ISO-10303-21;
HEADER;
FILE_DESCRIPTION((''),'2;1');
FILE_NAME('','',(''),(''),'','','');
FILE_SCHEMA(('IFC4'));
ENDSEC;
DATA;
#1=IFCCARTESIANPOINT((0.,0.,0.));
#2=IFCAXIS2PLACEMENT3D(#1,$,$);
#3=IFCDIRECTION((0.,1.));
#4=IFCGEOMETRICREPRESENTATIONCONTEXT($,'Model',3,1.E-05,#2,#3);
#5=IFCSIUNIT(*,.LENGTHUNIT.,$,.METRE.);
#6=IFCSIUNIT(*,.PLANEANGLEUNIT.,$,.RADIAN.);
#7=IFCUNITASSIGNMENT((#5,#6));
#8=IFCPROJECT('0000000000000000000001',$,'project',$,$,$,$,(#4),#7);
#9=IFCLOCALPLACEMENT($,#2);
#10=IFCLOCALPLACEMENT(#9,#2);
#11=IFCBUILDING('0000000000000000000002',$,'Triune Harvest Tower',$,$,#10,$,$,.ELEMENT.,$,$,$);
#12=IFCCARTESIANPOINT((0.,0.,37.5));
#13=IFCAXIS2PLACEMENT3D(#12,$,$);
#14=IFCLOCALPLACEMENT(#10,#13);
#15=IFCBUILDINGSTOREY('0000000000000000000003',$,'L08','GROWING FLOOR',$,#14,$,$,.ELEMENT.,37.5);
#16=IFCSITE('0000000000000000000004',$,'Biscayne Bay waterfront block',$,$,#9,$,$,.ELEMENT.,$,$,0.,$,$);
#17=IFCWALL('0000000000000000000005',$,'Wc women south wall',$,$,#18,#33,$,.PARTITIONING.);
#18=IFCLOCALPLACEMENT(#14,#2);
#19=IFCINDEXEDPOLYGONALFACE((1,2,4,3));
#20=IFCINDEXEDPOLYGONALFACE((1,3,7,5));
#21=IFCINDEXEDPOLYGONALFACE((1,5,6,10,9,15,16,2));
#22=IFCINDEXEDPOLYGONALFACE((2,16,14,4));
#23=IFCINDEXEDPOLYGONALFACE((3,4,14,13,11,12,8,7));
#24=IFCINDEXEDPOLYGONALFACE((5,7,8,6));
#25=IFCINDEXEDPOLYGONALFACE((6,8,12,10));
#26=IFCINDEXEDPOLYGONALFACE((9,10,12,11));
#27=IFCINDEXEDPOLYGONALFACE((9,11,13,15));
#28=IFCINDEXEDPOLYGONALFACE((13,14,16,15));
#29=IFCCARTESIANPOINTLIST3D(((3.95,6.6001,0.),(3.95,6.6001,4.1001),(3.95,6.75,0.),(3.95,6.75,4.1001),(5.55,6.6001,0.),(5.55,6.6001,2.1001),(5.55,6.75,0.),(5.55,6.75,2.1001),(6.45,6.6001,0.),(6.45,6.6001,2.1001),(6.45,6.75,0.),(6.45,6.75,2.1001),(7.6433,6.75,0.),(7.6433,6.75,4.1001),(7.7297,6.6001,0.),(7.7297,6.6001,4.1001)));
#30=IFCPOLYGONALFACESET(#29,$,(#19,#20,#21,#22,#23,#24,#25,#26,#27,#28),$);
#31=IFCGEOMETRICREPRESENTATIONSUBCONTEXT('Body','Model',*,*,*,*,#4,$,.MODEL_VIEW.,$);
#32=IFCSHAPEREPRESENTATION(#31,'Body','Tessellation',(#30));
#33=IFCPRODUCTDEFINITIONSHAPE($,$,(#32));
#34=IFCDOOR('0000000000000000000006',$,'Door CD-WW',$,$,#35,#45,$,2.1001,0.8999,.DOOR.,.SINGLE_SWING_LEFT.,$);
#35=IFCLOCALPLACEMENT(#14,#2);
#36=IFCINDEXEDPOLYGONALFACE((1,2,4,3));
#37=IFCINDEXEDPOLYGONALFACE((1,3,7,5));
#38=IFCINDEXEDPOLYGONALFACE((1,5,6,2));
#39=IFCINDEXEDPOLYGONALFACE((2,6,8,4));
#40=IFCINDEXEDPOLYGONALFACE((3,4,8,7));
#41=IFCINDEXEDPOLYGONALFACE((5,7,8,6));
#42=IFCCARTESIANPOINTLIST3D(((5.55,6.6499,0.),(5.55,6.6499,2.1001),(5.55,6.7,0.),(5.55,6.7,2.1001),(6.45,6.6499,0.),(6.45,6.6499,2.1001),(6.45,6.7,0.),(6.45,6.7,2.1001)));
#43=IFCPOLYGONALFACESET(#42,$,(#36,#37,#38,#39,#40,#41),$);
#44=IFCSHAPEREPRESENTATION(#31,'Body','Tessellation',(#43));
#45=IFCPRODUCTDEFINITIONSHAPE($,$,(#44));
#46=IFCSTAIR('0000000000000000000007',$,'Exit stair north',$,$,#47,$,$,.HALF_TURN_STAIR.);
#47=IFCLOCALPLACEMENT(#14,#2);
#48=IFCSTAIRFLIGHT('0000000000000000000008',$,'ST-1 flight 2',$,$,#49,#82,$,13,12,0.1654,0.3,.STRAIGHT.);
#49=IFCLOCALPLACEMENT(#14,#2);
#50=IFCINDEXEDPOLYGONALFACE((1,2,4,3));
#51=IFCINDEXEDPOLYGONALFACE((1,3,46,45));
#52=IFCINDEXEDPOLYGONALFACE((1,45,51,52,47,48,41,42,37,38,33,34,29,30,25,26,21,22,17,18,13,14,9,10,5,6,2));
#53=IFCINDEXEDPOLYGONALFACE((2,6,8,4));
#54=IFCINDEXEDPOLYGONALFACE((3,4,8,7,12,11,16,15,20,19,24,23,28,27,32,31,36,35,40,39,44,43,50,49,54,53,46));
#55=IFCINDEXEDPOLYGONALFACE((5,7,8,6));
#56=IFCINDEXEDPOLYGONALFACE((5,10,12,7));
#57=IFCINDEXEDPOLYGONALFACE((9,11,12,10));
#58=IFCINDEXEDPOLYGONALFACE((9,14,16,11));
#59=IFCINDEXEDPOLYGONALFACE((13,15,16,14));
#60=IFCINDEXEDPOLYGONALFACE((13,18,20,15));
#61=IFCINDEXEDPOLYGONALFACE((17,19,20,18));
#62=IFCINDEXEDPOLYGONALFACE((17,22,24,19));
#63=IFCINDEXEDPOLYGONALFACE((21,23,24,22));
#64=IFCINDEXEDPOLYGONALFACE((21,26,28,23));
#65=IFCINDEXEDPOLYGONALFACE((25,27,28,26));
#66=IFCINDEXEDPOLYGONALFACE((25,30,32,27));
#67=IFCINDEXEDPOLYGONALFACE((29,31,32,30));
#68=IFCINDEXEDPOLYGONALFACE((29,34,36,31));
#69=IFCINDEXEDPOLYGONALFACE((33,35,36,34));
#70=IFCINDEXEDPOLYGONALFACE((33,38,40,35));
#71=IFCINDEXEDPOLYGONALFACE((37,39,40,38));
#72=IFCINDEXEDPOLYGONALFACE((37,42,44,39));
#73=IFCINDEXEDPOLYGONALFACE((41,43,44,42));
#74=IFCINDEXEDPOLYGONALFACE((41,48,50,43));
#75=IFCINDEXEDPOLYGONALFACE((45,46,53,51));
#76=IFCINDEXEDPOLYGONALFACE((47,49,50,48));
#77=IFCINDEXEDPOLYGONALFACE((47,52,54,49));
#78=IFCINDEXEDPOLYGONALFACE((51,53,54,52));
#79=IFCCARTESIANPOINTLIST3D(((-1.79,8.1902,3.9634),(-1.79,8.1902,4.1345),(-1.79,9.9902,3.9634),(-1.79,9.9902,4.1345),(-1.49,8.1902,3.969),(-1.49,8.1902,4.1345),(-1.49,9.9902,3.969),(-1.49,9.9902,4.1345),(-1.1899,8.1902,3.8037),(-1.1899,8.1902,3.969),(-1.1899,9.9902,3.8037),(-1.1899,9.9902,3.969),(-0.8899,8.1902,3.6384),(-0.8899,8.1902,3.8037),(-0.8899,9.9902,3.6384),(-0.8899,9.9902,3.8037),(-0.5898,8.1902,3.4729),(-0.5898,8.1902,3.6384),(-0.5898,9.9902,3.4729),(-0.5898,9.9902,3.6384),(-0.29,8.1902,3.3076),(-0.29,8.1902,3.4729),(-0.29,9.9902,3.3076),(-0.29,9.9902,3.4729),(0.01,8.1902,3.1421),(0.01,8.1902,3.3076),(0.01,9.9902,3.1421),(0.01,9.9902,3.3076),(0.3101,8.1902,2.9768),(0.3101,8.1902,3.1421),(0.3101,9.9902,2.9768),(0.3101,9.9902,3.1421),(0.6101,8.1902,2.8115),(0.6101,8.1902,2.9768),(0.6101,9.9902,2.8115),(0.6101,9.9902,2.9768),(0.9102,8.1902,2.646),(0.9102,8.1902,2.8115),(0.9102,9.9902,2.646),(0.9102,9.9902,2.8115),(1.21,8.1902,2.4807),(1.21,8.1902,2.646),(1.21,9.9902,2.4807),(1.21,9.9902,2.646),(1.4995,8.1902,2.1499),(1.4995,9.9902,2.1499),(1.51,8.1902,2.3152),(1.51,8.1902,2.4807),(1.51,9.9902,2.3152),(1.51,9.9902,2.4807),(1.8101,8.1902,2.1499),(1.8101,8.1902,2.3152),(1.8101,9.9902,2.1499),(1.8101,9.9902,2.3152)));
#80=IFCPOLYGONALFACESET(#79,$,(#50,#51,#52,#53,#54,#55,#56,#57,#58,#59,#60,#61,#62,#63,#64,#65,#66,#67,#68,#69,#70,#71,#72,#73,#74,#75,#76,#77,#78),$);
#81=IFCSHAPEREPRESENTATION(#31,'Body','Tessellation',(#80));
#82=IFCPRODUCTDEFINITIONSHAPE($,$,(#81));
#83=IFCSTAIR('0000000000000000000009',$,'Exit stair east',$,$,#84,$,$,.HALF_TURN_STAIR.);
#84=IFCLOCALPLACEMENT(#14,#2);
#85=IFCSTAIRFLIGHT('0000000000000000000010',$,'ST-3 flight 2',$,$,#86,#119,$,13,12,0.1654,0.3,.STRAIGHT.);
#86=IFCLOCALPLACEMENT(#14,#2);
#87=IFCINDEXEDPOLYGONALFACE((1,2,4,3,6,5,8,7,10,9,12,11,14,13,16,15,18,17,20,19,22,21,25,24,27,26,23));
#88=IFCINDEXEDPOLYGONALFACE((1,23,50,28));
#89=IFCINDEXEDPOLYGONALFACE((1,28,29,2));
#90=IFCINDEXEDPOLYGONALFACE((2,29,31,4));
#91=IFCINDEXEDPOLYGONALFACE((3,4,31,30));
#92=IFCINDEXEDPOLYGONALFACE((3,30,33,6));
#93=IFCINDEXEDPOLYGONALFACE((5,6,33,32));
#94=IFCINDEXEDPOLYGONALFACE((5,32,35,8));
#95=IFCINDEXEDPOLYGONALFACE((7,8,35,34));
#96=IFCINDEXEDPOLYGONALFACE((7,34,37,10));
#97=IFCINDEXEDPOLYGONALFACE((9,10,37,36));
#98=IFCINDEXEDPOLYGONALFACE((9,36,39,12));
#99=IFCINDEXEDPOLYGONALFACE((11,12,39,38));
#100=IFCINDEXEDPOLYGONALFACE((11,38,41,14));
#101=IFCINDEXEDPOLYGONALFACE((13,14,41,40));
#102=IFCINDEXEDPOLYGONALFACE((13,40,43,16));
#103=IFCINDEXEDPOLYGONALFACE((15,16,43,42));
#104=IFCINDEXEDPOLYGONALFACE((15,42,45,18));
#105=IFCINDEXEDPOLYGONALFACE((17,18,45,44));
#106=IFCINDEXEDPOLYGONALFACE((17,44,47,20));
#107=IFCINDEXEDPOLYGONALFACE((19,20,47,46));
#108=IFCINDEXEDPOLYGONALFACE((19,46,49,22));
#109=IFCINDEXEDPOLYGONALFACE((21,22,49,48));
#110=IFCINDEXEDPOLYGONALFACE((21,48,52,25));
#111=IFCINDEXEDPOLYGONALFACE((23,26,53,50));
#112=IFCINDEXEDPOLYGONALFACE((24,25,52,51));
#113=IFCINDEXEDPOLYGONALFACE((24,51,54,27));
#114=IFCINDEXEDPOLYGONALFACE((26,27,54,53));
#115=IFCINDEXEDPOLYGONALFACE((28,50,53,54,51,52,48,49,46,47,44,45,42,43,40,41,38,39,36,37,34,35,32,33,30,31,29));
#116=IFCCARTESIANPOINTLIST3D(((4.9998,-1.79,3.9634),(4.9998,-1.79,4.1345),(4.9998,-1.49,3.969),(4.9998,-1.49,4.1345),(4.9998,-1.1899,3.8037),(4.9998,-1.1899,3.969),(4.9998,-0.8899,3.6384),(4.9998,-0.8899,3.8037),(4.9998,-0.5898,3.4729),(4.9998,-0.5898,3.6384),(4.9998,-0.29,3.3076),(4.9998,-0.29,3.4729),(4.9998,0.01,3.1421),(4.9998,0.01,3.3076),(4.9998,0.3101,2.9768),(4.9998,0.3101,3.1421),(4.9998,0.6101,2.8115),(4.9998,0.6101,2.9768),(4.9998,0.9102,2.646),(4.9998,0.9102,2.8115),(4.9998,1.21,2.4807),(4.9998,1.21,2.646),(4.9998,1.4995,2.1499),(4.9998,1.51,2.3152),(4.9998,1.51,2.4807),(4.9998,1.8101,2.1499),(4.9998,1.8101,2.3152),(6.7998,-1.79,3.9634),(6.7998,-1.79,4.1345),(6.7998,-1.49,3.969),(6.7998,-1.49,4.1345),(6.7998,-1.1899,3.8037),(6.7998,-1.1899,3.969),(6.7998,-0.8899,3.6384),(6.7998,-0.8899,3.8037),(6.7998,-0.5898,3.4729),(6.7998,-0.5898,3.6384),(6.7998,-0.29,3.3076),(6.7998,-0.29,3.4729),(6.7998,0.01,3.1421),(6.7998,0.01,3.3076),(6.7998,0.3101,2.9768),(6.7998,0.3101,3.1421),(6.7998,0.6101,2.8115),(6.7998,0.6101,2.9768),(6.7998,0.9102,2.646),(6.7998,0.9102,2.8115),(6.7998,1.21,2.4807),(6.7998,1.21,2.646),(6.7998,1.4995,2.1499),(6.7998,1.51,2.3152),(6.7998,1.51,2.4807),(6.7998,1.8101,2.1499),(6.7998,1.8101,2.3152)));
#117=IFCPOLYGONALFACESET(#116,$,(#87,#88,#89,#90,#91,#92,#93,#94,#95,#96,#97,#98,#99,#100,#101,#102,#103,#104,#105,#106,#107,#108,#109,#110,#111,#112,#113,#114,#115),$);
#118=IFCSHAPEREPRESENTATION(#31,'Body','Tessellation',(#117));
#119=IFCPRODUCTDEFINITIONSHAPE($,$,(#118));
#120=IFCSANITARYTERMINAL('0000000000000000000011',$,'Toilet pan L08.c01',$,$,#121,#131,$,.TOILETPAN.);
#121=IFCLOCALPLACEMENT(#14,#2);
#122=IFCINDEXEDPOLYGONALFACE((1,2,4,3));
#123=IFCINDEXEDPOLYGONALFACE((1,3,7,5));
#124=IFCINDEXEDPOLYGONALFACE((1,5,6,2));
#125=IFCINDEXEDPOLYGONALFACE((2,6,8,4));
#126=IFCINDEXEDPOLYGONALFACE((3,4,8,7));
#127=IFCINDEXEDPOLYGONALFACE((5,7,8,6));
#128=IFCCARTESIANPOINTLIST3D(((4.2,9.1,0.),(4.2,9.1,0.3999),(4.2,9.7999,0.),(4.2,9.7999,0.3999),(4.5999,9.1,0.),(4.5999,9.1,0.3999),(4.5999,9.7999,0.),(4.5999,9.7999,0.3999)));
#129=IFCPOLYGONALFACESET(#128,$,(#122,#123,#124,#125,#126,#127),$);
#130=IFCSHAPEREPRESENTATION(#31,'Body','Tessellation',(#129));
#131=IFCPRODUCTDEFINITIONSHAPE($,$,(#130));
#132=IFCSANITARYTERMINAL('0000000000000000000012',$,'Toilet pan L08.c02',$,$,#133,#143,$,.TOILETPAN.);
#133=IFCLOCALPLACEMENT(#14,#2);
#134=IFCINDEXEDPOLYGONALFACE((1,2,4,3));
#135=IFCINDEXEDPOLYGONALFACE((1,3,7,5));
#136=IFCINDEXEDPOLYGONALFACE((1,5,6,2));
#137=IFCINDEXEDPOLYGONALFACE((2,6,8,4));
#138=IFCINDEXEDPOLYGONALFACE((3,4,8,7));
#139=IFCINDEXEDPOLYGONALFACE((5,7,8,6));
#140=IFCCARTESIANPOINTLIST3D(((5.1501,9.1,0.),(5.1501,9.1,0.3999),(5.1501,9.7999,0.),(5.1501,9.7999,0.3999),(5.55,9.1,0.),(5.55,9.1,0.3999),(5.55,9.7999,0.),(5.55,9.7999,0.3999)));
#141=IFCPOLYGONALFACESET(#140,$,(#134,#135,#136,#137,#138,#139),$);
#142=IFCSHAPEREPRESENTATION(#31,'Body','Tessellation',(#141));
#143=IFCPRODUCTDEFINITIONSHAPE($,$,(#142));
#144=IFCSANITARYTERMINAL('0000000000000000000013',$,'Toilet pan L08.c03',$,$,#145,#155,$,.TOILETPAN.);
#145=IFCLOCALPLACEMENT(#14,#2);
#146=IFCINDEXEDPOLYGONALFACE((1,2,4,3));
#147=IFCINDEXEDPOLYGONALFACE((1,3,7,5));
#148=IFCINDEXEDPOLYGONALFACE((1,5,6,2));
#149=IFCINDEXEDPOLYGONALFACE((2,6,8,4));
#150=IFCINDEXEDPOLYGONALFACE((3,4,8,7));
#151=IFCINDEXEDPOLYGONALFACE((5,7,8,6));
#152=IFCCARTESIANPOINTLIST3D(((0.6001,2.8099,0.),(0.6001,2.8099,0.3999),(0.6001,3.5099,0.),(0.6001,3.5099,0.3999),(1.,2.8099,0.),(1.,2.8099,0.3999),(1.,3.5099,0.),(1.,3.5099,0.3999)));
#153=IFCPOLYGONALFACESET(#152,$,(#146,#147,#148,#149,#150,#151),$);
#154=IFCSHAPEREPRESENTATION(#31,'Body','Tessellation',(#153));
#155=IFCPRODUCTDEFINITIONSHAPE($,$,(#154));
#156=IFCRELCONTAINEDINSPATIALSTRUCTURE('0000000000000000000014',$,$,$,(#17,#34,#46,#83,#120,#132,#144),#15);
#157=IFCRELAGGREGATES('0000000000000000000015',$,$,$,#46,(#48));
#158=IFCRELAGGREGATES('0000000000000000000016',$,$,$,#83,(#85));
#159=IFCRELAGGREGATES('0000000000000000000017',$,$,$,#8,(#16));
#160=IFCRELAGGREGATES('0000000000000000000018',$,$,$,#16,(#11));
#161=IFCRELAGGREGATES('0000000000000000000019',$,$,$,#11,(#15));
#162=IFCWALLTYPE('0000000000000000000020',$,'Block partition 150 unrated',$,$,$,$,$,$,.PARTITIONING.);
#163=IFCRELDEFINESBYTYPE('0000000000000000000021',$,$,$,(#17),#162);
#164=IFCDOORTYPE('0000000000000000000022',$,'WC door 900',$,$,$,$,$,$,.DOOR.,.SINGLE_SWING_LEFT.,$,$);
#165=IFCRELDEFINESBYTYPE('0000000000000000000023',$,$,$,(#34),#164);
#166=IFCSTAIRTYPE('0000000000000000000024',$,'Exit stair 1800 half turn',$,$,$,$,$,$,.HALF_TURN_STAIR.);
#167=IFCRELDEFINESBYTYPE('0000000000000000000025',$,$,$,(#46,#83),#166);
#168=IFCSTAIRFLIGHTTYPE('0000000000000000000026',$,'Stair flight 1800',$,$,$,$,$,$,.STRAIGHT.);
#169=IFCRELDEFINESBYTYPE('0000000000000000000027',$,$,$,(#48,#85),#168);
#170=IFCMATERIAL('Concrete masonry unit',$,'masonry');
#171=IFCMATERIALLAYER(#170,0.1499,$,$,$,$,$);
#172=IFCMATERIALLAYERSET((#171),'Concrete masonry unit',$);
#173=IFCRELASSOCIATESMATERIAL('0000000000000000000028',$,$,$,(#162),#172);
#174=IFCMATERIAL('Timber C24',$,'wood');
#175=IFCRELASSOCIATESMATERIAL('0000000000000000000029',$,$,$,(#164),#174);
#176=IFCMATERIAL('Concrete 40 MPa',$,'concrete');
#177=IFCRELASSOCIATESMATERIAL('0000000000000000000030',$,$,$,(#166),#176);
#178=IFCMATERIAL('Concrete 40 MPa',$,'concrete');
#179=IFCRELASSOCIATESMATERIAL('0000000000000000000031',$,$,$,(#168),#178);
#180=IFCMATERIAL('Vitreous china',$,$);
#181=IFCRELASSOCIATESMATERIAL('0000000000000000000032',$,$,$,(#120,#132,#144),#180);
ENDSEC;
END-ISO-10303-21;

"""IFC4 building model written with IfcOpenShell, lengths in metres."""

from ifc_helpers import new_model, si_unit, direction, frame, frame_2d, origin, origin_2d, place, context, subcontext, project, spatial, polyline, rectangle, outline, extrude, source, transform, mapped, material, layer, layer_set, type_object, element, fill, aggregate, save


model = new_model("IFC4")

# Units and contexts
model_context = context("Model", 3, precision=1e-05, world=origin(), true_north=direction((0.0, 1.0)))
body_context = subcontext(model_context, "Body", "Model", "MODEL_VIEW")
ifc_project = project(units=[si_unit("LENGTHUNIT", "METRE"), si_unit("PLANEANGLEUNIT", "RADIAN")], contexts=[model_context])

# Site, building, storey
site_placement = place(None, origin())
site = spatial("IfcSite", under=ifc_project, at=site_placement, Name="Biscayne Bay waterfront block", CompositionType="ELEMENT", RefElevation=0.0)
building_placement = place(site_placement, origin())
building = spatial("IfcBuilding", under=site, at=building_placement, Name="Triune Harvest Tower", CompositionType="ELEMENT")
storey_placement = place(building_placement, frame((0.0, 0.0, 37.5)))
storey = spatial("IfcBuildingStorey", under=building, at=storey_placement, Name="L08", Description="GROWING FLOOR", CompositionType="ELEMENT", Elevation=37.5)

# Wall, opening, door
ifc_material_1 = material(Name="Concrete masonry unit", Category="masonry")
ifc_layer_1 = layer(ifc_material_1, 0.1499)
ifc_layer_set_1 = layer_set([ifc_layer_1], Name="Concrete masonry unit")
wall_type_1 = type_object("IfcWallType", Name="Block partition 150 unrated", PredefinedType="PARTITIONING", material=ifc_layer_set_1)
ifc_material_2 = material(Name="Timber C24", Category="wood")
door_type_1 = type_object("IfcDoorType", Name="WC door 900", OperationType="SINGLE_SWING_LEFT", PredefinedType="DOOR", material=ifc_material_2)
shared_shape_1 = source(origin(), body_context, "Body", "SweptSolid", [
    extrude(outline(polyline([(0.0, -0.075), (0.0, 0.075), (3.6934, 0.075), (3.7798, -0.075), (0.0, -0.075)])), origin(), (0.0, 0.0, 1.0), 4.1001),
])
wall_1_placement = place(storey_placement, frame((3.95, 6.675, 0.0), z_axis=(0.0, 0.0, 1.0), x_axis=(1.0, 0.0, 0.0)))
wall_1 = element("IfcWall", 1, at=wall_1_placement, inside=storey, type_object=wall_type_1, Name="Wc women south wall", PredefinedType="PARTITIONING", context=body_context, shape_type="MappedRepresentation", body=[
    mapped(shared_shape_1, transform((0.0, 0.0, 0.0), scale=1.0)),
])
opening_1_placement = place(wall_1_placement, frame((1.6001, 0.0, 0.0)))
opening_1 = element("IfcOpeningElement", 2, at=opening_1_placement, cuts=wall_1, PredefinedType="OPENING", context=body_context, shape_type="SweptSolid", body=[
    extrude(rectangle(XDim=0.8999, YDim=2.1001, at=frame_2d((0.45, 1.05))), frame((0.0, 0.085, 0.0), z_axis=(0.0, -1.0, 0.0), x_axis=(1.0, 0.0, 0.0)), (0.0, 0.0, 1.0), 0.1699),
])
door_1_placement = place(opening_1_placement, origin())
door_1 = element("IfcDoor", 3, at=door_1_placement, inside=storey, type_object=door_type_1, Name="Door CD-WW", OperationType="SINGLE_SWING_LEFT", OverallHeight=2.1001, OverallWidth=0.8999, PredefinedType="DOOR", context=body_context, shape_type="SweptSolid", body=[
    extrude(rectangle(XDim=0.8999, YDim=2.1001, at=frame_2d((0.45, 1.05))), frame((0.0, 0.0249, 0.0), z_axis=(0.0, -1.0, 0.0), x_axis=(1.0, 0.0, 0.0)), (0.0, 0.0, 1.0), 0.05),
])
fill(opening_1, door_1)

# Stairs, stair flights
ifc_material_3 = material(Name="Concrete 40 MPa", Category="concrete")
stair_type = type_object("IfcStairType", Name="Exit stair 1800 half turn", PredefinedType="HALF_TURN_STAIR", material=ifc_material_3)
stair_1_placement = place(storey_placement, origin())
stair_1 = element("IfcStair", 4, at=stair_1_placement, inside=storey, type_object=stair_type, Name="Exit stair north", PredefinedType="HALF_TURN_STAIR")
ifc_material_4 = material(Name="Concrete 40 MPa", Category="concrete")
stair_flight_type = type_object("IfcStairFlightType", Name="Stair flight 1800", PredefinedType="STRAIGHT", material=ifc_material_4)
shared_shape_2 = source(origin(), body_context, "Body", "SweptSolid", [
    extrude(outline(polyline([(0.0, 0.0), (0.0, 0.1653), (0.3, 0.1653), (0.3, 0.3308), (0.6001, 0.3308), (0.6001, 0.4961), (0.8999, 0.4961), (0.8999, 0.6616), (1.2, 0.6616), (1.2, 0.8269), (1.5, 0.8269), (1.5, 0.9922), (1.8, 0.9922), (1.8, 1.1577), (2.1001, 1.1577), (2.1001, 1.323), (2.3999, 1.323), (2.3999, 1.4885), (2.7, 1.4885), (2.7, 1.6538), (3.0, 1.6538), (3.0, 1.8191), (3.3, 1.8191), (3.3, 1.9846), (3.6001, 1.9846), (3.6001, 2.1499), (3.6001, 1.8135), (0.3105, 0.0), (0.0, 0.0)])), frame((0.0, 0.8999, 0.0), z_axis=(0.0, -1.0, 0.0), x_axis=(1.0, 0.0, 0.0)), (0.0, 0.0, 1.0), 1.8),
])
stair_flight_1_placement = place(storey_placement, frame((1.8101, 9.0901, 2.1499), z_axis=(0.0, 0.0, 1.0), x_axis=(-1.0, 0.0, 0.0)))
stair_flight_1 = element("IfcStairFlight", 5, at=stair_flight_1_placement, type_object=stair_flight_type, Name="ST-1 flight 2", NumberOfRisers=13, NumberOfTreads=12, PredefinedType="STRAIGHT", RiserHeight=0.1654, TreadLength=0.3, context=body_context, shape_type="MappedRepresentation", body=[
    mapped(shared_shape_2, transform((0.0, 0.0, 0.0), scale=1.0)),
])
aggregate(stair_1, [stair_flight_1])
stair_2_placement = place(storey_placement, origin())
stair_2 = element("IfcStair", 6, at=stair_2_placement, inside=storey, type_object=stair_type, Name="Exit stair east", PredefinedType="HALF_TURN_STAIR")
stair_flight_2_placement = place(storey_placement, frame((5.8999, 1.8101, 2.1499), z_axis=(0.0, 0.0, 1.0), x_axis=(0.0, -1.0, 0.0)))
stair_flight_2 = element("IfcStairFlight", 7, at=stair_flight_2_placement, type_object=stair_flight_type, Name="ST-3 flight 2", NumberOfRisers=13, NumberOfTreads=12, PredefinedType="STRAIGHT", RiserHeight=0.1654, TreadLength=0.3, context=body_context, shape_type="MappedRepresentation", body=[
    mapped(shared_shape_2, transform((0.0, 0.0, 0.0), scale=1.0)),
])
aggregate(stair_2, [stair_flight_2])

# Sanitary terminals
ifc_material_5 = material(Name="Vitreous china")
shared_shape_3 = source(origin(), body_context, "Body", "SweptSolid", [
    extrude(rectangle(XDim=0.3999, YDim=0.7, at=origin_2d()), origin(), (0.0, 0.0, 1.0), 0.3999),
])
for number, where, z_axis, x_axis, name in (
    (8, (4.3999, 9.45, 0.0), (0.0, 0.0, 1.0), (1.0, 0.0, 0.0), "Toilet pan L08.c01"),
    (9, (5.3501, 9.45, 0.0), (0.0, 0.0, 1.0), (1.0, 0.0, 0.0), "Toilet pan L08.c02"),
    (10, (0.8, 3.1599, 0.0), (0.0, 0.0, 1.0), (-1.0, 0.0, 0.0), "Toilet pan L08.c03"),
):
    element("IfcSanitaryTerminal", number, at=place(storey_placement, frame(where, z_axis=z_axis, x_axis=x_axis)), inside=storey, material=ifc_material_5, Name=name, PredefinedType="TOILETPAN", context=body_context, shape_type="MappedRepresentation", body=[
        mapped(shared_shape_3, transform((0.0, 0.0, 0.0), scale=1.0)),
    ])

save(model, "model.ifc")
